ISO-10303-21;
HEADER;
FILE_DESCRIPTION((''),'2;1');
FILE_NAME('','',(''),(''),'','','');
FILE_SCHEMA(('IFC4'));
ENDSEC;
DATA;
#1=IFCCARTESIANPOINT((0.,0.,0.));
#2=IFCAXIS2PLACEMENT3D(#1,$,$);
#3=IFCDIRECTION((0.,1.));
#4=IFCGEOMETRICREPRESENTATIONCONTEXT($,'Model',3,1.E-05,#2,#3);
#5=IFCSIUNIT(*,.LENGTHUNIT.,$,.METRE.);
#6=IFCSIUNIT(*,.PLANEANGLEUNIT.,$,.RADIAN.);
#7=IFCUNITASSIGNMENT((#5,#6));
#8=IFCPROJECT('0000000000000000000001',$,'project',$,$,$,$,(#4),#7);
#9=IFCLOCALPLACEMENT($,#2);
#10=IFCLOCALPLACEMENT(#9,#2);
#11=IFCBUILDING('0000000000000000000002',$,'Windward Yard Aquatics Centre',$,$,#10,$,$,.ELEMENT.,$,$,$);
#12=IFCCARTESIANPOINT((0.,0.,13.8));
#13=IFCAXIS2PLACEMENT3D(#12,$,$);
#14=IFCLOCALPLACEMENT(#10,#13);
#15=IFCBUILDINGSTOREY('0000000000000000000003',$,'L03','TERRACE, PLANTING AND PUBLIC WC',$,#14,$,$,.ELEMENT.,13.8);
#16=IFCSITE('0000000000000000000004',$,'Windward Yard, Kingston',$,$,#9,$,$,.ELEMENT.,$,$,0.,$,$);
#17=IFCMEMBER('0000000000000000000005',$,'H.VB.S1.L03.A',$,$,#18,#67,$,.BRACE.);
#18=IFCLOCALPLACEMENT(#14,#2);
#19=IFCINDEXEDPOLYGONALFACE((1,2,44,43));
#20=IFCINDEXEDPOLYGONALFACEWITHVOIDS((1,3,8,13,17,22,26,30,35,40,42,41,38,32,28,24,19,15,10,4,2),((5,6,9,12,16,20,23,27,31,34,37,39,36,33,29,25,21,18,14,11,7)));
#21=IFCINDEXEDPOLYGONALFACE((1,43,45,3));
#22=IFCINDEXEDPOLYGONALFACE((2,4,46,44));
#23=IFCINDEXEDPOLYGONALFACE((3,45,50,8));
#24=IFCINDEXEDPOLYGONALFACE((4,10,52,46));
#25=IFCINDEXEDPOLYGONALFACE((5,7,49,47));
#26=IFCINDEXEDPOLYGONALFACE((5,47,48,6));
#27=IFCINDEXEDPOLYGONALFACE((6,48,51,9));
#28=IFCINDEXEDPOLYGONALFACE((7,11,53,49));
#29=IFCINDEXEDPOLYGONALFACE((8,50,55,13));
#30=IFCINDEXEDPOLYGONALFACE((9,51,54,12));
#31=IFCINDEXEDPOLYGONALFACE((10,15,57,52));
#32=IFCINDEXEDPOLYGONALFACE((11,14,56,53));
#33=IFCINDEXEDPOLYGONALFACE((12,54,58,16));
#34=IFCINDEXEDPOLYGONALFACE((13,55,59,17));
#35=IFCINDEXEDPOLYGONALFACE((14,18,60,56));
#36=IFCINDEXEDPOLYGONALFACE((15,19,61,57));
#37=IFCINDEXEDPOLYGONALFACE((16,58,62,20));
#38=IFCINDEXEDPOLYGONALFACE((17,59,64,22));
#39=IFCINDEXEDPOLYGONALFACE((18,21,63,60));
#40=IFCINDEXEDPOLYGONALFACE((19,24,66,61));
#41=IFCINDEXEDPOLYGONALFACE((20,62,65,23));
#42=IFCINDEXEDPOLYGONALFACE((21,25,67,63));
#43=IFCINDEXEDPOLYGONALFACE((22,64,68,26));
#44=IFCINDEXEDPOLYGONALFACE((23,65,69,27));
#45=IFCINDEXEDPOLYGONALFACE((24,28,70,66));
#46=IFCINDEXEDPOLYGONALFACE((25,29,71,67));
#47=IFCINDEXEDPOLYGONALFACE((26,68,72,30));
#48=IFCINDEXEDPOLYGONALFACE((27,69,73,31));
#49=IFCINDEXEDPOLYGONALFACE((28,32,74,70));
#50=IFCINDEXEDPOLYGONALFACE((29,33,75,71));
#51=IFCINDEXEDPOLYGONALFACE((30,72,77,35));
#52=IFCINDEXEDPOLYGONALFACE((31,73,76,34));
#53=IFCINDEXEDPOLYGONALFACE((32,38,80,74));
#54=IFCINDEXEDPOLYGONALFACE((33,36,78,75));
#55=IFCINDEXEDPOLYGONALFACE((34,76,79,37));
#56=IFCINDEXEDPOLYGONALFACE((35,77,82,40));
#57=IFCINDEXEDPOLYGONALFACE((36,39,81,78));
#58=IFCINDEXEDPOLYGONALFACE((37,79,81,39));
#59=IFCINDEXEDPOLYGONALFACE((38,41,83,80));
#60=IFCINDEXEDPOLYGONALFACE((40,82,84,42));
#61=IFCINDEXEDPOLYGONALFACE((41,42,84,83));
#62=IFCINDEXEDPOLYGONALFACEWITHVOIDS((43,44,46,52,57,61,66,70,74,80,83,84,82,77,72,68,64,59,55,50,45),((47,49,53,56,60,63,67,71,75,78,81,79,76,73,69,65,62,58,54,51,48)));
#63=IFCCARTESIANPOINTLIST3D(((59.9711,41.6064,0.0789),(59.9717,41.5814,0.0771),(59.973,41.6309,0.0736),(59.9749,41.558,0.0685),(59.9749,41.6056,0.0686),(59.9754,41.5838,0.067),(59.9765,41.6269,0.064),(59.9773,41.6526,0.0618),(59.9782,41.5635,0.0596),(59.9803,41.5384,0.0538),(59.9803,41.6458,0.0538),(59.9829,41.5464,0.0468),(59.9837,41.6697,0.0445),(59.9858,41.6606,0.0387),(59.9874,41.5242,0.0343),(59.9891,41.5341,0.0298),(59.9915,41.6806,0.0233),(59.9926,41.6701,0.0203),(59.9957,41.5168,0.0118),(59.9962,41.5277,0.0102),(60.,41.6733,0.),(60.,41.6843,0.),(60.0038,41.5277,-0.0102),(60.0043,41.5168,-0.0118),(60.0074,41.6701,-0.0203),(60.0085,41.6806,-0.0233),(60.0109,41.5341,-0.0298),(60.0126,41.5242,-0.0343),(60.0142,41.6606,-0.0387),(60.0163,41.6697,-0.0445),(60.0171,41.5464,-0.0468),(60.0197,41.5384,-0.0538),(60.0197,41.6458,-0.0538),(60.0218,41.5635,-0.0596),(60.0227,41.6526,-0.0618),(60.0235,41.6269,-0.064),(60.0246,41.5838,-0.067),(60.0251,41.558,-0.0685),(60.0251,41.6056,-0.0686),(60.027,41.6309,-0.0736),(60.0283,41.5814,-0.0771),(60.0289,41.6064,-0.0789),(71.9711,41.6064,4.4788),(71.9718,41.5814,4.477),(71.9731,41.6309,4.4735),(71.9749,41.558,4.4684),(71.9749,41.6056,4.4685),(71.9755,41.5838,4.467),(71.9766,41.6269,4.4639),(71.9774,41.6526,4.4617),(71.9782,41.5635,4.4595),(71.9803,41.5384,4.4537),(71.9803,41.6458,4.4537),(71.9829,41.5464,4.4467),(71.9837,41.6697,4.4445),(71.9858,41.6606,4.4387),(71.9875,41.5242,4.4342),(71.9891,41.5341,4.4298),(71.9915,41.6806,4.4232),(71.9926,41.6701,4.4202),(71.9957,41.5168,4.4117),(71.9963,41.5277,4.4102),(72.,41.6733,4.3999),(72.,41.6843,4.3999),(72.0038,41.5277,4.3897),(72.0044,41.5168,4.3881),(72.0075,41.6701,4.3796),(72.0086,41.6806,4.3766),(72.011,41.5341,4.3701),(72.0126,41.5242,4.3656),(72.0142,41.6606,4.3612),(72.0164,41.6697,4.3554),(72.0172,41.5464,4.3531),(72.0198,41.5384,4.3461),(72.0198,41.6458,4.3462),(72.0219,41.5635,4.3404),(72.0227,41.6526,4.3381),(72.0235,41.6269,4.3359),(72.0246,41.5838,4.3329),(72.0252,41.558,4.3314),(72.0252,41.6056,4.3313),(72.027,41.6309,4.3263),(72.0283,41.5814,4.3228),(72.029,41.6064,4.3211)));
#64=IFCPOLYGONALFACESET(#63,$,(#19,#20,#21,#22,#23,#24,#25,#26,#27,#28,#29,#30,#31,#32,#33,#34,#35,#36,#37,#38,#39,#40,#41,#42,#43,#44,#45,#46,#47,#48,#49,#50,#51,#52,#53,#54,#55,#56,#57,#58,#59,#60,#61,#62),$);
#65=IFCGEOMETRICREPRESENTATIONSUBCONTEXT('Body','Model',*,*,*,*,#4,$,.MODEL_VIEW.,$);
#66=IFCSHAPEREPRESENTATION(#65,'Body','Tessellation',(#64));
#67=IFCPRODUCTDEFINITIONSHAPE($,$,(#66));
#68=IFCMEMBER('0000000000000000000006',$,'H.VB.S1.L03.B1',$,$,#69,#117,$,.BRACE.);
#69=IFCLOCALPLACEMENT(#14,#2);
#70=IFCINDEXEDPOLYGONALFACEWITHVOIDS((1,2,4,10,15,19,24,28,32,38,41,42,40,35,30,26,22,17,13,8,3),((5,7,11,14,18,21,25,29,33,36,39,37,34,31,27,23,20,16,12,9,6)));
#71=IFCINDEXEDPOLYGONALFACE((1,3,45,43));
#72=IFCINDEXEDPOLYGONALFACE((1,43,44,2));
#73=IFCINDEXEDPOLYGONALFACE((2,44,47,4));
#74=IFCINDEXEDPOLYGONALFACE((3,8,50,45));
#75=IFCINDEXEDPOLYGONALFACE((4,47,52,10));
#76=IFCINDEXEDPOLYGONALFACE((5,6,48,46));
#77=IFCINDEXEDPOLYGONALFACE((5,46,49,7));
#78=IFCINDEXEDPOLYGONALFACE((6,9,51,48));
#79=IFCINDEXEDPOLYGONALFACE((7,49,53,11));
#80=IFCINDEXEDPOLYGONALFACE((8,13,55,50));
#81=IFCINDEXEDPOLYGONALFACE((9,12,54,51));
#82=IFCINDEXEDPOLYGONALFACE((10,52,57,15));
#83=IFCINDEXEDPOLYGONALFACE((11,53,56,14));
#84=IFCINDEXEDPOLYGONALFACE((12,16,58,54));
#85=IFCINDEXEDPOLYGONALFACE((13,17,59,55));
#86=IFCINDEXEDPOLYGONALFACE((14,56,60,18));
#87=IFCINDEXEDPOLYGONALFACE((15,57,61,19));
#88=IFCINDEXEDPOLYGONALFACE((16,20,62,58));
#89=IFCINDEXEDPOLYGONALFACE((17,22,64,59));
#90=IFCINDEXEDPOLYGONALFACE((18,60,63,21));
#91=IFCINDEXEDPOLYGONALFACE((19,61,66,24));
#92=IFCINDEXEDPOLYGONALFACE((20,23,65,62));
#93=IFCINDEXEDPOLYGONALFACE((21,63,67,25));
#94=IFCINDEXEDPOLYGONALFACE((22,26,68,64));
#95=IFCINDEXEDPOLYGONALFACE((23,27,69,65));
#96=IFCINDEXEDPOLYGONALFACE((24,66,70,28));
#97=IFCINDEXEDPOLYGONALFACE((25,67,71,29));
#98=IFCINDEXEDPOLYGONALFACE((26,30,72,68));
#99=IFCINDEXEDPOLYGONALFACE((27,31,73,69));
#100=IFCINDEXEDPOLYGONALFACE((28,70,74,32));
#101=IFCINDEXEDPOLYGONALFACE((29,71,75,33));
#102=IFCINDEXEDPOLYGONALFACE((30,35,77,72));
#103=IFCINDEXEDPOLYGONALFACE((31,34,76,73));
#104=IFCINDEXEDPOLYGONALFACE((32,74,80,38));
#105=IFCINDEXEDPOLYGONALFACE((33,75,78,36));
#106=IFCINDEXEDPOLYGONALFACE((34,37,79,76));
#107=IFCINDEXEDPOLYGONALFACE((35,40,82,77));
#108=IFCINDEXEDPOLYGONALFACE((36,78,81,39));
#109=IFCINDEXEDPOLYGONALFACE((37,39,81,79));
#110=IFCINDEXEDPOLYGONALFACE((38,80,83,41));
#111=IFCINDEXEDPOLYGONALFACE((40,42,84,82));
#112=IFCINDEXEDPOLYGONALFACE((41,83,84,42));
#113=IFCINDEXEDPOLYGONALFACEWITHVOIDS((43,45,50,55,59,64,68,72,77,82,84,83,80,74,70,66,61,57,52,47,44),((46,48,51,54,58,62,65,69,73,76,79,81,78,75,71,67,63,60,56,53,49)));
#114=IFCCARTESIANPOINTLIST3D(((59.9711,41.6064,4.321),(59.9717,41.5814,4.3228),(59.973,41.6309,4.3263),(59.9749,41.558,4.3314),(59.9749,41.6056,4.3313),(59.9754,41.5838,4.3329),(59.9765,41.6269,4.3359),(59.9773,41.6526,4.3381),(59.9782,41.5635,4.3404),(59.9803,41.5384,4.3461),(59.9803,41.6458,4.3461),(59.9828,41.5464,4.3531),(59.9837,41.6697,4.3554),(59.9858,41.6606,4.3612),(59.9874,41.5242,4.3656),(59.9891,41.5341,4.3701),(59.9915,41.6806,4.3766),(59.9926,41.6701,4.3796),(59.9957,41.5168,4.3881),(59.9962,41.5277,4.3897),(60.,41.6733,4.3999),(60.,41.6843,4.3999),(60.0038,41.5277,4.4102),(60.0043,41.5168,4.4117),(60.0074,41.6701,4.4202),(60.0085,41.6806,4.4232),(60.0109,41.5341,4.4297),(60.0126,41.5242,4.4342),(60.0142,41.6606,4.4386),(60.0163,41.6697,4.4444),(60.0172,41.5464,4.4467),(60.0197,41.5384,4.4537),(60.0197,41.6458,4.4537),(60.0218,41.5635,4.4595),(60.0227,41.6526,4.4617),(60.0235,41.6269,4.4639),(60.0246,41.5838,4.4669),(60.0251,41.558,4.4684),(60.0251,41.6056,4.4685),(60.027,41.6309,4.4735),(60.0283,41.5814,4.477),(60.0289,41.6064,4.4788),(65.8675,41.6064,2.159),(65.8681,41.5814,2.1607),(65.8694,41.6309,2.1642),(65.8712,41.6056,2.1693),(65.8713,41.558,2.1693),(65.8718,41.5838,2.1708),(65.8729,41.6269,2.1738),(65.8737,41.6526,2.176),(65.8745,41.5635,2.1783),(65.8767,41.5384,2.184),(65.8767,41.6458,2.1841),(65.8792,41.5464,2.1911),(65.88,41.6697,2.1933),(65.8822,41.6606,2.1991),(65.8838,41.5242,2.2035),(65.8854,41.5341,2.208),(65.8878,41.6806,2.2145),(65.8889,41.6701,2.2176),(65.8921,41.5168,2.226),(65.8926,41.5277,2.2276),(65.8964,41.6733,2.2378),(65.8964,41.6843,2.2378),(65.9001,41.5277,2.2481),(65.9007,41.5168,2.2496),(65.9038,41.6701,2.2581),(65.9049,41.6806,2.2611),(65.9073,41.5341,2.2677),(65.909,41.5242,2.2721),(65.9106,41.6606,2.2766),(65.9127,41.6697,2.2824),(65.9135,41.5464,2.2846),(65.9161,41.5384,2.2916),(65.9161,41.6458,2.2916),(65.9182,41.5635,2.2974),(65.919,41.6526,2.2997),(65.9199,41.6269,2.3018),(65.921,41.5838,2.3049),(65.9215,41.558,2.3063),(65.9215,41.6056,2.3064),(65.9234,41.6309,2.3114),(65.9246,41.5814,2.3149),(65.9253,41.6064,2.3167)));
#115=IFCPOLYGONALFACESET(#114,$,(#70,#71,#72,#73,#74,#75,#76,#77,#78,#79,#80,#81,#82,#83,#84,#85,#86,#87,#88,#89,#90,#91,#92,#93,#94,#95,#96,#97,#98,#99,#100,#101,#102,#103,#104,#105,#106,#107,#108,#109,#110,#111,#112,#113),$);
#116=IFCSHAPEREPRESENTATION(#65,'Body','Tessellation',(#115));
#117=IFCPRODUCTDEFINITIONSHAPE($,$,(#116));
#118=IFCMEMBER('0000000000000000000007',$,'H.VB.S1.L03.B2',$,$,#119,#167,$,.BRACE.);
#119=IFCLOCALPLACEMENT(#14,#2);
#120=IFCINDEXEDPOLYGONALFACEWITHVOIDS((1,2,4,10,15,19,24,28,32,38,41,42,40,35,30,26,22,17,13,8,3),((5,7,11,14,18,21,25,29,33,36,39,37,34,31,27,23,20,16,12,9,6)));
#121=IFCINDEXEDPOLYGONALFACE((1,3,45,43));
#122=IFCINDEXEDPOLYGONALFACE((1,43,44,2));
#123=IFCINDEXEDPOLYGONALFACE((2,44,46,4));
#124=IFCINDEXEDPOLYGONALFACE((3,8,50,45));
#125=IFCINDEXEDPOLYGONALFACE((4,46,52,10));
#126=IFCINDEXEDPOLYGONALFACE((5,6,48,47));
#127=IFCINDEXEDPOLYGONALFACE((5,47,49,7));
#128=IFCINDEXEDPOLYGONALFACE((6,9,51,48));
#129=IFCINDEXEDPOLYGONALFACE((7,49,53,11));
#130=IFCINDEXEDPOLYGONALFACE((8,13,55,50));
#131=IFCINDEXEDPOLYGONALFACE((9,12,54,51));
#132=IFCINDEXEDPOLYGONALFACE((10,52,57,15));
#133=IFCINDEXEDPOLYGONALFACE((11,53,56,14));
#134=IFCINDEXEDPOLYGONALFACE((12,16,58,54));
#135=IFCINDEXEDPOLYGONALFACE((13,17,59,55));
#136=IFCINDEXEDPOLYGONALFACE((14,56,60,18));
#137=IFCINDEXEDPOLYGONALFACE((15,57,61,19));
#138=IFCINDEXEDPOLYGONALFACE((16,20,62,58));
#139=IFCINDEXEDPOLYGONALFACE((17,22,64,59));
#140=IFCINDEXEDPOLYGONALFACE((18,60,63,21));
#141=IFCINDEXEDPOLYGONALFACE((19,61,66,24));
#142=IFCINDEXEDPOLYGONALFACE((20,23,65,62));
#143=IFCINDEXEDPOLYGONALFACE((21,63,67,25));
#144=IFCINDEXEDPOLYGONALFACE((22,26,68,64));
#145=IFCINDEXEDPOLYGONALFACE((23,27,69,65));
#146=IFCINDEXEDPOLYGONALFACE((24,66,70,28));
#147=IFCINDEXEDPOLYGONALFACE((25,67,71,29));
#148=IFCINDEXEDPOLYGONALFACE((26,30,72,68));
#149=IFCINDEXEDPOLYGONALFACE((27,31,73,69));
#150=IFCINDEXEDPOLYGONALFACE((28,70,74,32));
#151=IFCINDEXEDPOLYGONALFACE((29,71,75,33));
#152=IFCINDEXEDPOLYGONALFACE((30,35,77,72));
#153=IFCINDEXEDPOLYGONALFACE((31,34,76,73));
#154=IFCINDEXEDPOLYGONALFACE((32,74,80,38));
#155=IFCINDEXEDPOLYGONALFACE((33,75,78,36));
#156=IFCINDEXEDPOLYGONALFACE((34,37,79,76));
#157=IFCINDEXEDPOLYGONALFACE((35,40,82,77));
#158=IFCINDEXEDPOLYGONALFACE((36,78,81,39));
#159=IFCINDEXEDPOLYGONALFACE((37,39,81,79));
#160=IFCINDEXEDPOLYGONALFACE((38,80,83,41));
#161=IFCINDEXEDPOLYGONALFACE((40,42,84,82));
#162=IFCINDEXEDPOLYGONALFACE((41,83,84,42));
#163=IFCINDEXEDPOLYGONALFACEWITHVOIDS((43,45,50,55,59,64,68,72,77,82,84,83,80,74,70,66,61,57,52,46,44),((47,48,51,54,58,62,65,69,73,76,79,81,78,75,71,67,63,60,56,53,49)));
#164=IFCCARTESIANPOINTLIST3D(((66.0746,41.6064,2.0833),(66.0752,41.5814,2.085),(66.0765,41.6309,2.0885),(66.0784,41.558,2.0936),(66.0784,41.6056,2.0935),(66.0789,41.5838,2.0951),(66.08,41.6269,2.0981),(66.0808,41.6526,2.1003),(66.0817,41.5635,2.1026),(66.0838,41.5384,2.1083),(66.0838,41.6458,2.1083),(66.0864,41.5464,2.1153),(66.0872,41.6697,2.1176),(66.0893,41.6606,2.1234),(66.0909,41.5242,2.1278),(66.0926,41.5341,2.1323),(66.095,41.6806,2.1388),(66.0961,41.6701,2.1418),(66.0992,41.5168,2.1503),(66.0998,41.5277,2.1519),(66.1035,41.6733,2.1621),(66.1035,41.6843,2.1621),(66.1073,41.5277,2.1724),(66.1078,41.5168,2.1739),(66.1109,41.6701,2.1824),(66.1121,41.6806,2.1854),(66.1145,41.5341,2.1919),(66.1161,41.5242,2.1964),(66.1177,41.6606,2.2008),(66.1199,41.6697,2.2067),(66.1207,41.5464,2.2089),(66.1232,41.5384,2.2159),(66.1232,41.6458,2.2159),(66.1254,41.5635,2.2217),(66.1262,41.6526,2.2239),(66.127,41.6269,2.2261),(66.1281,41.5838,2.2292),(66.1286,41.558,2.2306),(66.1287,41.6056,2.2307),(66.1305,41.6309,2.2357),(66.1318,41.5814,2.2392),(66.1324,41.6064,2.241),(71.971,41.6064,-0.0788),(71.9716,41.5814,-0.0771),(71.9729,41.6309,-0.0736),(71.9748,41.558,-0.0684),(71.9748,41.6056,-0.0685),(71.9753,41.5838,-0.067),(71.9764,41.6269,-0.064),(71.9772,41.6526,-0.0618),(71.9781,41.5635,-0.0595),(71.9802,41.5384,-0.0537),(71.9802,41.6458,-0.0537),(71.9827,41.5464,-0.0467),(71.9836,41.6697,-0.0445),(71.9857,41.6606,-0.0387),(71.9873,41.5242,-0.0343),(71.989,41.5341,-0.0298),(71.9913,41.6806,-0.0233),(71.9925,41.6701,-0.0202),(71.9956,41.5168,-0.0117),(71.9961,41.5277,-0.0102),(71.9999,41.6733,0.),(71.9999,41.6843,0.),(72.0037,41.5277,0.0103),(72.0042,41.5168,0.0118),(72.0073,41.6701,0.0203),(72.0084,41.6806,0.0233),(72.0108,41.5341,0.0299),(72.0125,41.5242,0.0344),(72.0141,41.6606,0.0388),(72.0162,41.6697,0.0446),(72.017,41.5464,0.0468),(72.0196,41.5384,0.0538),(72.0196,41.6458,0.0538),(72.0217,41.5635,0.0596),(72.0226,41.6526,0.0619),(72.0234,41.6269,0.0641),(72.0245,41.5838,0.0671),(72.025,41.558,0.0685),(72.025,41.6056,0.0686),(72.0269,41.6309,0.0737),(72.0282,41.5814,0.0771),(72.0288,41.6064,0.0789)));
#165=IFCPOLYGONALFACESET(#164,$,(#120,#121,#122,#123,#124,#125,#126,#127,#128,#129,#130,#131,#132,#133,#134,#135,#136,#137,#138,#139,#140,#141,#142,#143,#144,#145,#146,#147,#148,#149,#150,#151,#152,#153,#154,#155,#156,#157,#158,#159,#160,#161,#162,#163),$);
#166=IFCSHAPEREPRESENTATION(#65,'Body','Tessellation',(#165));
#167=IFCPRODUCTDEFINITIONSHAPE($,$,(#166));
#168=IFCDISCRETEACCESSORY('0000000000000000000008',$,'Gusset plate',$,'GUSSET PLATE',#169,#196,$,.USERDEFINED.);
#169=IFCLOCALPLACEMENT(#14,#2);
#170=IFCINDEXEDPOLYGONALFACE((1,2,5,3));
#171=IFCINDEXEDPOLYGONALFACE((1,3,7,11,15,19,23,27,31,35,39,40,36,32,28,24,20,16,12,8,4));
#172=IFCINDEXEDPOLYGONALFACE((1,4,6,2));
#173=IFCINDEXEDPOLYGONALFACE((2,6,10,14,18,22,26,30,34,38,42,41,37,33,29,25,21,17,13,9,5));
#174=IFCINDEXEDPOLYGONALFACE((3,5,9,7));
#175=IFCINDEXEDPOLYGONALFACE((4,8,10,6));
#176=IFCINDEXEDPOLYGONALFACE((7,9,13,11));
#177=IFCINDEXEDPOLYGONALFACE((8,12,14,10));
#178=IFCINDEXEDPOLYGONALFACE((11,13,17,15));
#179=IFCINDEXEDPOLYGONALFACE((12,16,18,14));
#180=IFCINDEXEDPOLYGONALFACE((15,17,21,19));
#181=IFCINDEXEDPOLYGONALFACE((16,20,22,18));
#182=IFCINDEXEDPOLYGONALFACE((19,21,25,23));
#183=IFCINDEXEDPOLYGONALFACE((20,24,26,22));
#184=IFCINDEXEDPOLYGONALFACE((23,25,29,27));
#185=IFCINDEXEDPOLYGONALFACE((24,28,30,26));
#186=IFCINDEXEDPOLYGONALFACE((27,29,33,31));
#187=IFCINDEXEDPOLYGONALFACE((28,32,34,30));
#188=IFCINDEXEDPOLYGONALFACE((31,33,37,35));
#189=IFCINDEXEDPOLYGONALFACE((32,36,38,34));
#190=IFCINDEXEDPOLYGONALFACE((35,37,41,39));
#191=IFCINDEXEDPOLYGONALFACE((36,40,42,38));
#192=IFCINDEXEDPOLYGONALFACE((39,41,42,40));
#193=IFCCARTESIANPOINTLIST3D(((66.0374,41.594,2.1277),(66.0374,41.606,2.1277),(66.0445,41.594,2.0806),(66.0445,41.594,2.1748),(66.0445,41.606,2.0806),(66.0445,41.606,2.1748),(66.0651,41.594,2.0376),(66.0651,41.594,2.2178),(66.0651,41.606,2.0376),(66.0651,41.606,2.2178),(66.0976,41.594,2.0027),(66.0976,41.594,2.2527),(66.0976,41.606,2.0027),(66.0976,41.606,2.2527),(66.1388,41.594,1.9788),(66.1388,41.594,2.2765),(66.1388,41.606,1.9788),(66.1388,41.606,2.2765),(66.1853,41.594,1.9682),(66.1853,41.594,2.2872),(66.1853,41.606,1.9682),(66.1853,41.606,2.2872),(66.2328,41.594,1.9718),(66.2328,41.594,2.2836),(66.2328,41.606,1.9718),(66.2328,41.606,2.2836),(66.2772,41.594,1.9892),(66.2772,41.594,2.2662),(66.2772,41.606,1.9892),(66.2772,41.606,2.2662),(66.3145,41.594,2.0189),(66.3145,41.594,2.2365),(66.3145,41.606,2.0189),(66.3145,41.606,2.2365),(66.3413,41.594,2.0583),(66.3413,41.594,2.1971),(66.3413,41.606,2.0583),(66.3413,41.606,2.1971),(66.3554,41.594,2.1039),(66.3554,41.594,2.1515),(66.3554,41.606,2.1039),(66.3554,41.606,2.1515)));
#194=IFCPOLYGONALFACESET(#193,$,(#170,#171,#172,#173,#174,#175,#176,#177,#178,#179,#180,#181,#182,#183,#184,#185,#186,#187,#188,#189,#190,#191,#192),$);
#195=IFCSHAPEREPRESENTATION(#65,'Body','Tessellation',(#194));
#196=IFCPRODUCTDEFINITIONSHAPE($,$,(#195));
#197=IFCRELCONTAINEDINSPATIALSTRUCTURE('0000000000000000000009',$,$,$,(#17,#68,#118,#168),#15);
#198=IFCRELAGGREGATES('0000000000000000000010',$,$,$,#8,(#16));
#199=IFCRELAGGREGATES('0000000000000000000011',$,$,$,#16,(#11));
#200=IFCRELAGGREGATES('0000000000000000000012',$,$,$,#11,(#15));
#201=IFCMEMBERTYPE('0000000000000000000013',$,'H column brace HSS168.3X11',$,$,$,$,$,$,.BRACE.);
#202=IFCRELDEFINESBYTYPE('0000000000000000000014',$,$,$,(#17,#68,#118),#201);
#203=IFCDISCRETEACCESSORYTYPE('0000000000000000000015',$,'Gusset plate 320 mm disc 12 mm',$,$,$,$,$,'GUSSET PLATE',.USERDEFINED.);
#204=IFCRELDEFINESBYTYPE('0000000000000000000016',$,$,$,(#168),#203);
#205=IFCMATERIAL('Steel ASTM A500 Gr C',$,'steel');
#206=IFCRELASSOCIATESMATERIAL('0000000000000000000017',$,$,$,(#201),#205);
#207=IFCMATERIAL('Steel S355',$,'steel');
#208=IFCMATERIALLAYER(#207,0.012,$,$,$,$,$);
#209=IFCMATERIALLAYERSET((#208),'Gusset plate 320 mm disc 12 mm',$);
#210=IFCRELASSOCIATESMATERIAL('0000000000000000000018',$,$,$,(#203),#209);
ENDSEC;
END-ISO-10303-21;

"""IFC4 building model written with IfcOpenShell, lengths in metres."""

from ifc_helpers import new_model, si_unit, direction, frame, origin, origin_2d, place, context, subcontext, project, spatial, circle, hollow_circle, extrude, material, layer, layer_set, material_profile, profile_set, type_object, element, save


model = new_model("IFC4")

# Units and contexts
model_context = context("Model", 3, precision=1e-05, world=origin(), true_north=direction((0.0, 1.0)))
body_context = subcontext(model_context, "Body", "Model", "MODEL_VIEW")
ifc_project = project(units=[si_unit("LENGTHUNIT", "METRE"), si_unit("PLANEANGLEUNIT", "RADIAN")], contexts=[model_context])

# Site, building, storey
site_placement = place(None, origin())
site = spatial("IfcSite", under=ifc_project, at=site_placement, Name="Windward Yard, Kingston", CompositionType="ELEMENT", RefElevation=0.0)
building_placement = place(site_placement, origin())
building = spatial("IfcBuilding", under=site, at=building_placement, Name="Windward Yard Aquatics Centre", CompositionType="ELEMENT")
storey_placement = place(building_placement, frame((0.0, 0.0, 13.8)))
storey = spatial("IfcBuildingStorey", under=building, at=storey_placement, Name="L03", Description="TERRACE, PLANTING AND PUBLIC WC", CompositionType="ELEMENT", Elevation=13.8)

# Shared definitions
ifc_material_1 = material(Name="Steel ASTM A500 Gr C", Category="steel")

# Members
ifc_material_profile_1 = material_profile(ifc_material_1, hollow_circle(Radius=0.0842, WallThickness=0.011, at=origin_2d()), Name="HSS168.3X11")
ifc_profile_set_1 = profile_set([ifc_material_profile_1], Name="Steel ASTM A500 Gr C")
member_type_1 = type_object("IfcMemberType", Name="H column brace HSS168.3X11", PredefinedType="BRACE", material=ifc_profile_set_1)
member_1_placement = place(storey_placement, frame((60.0, 41.6001, 0.0), z_axis=(0.938879, 0.0, 0.344248), x_axis=(0.0, 1.0, 0.0)))
element("IfcMember", 1, at=member_1_placement, inside=storey, type_object=member_type_1, Name="H.VB.S1.L03.A", PredefinedType="BRACE", context=body_context, shape_type="SweptSolid", body=[
    extrude(hollow_circle(Radius=0.0842, WallThickness=0.011, at=origin_2d()), origin(), (0.0, 0.0, 1.0), 12.7812),
])
for number, where, z_axis, x_axis, name in (
    (2, (60.0, 41.6001, 4.3999), (0.938873, 0.0, -0.344264), (0.0, 1.0, 0.0), "H.VB.S1.L03.B1"),
    (3, (66.1035, 41.6001, 2.1621), (0.938873, 0.0, -0.344264), (0.0, 1.0, 0.0), "H.VB.S1.L03.B2"),
):
    element("IfcMember", number, at=place(storey_placement, frame(where, z_axis=z_axis, x_axis=x_axis)), inside=storey, type_object=member_type_1, Name=name, PredefinedType="BRACE", context=body_context, shape_type="SweptSolid", body=[
        extrude(hollow_circle(Radius=0.0842, WallThickness=0.011, at=origin_2d()), origin(), (0.0, 0.0, 1.0), 6.2803),
    ])

# Discrete accessory
ifc_material_2 = material(Name="Steel S355", Category="steel")
ifc_layer_1 = layer(ifc_material_2, 0.012)
ifc_layer_set_1 = layer_set([ifc_layer_1], Name="Gusset plate 320 mm disc 12 mm")
discrete_accessory_type = type_object("IfcDiscreteAccessoryType", Name="Gusset plate 320 mm disc 12 mm", ElementType="GUSSET PLATE", PredefinedType="USERDEFINED", material=ifc_layer_set_1)
discrete_accessory_placement = place(storey_placement, frame((66.1973, 41.594, 2.1277), z_axis=(0.0, 1.0, 0.0), x_axis=(-1.0, 0.0, 0.0)))
element("IfcDiscreteAccessory", 4, at=discrete_accessory_placement, inside=storey, type_object=discrete_accessory_type, Name="Gusset plate", ObjectType="GUSSET PLATE", PredefinedType="USERDEFINED", context=body_context, shape_type="SweptSolid", body=[
    extrude(circle(Radius=0.1599, at=origin_2d()), origin(), (0.0, 0.0, 1.0), 0.012),
])

save(model, "model.ifc")
